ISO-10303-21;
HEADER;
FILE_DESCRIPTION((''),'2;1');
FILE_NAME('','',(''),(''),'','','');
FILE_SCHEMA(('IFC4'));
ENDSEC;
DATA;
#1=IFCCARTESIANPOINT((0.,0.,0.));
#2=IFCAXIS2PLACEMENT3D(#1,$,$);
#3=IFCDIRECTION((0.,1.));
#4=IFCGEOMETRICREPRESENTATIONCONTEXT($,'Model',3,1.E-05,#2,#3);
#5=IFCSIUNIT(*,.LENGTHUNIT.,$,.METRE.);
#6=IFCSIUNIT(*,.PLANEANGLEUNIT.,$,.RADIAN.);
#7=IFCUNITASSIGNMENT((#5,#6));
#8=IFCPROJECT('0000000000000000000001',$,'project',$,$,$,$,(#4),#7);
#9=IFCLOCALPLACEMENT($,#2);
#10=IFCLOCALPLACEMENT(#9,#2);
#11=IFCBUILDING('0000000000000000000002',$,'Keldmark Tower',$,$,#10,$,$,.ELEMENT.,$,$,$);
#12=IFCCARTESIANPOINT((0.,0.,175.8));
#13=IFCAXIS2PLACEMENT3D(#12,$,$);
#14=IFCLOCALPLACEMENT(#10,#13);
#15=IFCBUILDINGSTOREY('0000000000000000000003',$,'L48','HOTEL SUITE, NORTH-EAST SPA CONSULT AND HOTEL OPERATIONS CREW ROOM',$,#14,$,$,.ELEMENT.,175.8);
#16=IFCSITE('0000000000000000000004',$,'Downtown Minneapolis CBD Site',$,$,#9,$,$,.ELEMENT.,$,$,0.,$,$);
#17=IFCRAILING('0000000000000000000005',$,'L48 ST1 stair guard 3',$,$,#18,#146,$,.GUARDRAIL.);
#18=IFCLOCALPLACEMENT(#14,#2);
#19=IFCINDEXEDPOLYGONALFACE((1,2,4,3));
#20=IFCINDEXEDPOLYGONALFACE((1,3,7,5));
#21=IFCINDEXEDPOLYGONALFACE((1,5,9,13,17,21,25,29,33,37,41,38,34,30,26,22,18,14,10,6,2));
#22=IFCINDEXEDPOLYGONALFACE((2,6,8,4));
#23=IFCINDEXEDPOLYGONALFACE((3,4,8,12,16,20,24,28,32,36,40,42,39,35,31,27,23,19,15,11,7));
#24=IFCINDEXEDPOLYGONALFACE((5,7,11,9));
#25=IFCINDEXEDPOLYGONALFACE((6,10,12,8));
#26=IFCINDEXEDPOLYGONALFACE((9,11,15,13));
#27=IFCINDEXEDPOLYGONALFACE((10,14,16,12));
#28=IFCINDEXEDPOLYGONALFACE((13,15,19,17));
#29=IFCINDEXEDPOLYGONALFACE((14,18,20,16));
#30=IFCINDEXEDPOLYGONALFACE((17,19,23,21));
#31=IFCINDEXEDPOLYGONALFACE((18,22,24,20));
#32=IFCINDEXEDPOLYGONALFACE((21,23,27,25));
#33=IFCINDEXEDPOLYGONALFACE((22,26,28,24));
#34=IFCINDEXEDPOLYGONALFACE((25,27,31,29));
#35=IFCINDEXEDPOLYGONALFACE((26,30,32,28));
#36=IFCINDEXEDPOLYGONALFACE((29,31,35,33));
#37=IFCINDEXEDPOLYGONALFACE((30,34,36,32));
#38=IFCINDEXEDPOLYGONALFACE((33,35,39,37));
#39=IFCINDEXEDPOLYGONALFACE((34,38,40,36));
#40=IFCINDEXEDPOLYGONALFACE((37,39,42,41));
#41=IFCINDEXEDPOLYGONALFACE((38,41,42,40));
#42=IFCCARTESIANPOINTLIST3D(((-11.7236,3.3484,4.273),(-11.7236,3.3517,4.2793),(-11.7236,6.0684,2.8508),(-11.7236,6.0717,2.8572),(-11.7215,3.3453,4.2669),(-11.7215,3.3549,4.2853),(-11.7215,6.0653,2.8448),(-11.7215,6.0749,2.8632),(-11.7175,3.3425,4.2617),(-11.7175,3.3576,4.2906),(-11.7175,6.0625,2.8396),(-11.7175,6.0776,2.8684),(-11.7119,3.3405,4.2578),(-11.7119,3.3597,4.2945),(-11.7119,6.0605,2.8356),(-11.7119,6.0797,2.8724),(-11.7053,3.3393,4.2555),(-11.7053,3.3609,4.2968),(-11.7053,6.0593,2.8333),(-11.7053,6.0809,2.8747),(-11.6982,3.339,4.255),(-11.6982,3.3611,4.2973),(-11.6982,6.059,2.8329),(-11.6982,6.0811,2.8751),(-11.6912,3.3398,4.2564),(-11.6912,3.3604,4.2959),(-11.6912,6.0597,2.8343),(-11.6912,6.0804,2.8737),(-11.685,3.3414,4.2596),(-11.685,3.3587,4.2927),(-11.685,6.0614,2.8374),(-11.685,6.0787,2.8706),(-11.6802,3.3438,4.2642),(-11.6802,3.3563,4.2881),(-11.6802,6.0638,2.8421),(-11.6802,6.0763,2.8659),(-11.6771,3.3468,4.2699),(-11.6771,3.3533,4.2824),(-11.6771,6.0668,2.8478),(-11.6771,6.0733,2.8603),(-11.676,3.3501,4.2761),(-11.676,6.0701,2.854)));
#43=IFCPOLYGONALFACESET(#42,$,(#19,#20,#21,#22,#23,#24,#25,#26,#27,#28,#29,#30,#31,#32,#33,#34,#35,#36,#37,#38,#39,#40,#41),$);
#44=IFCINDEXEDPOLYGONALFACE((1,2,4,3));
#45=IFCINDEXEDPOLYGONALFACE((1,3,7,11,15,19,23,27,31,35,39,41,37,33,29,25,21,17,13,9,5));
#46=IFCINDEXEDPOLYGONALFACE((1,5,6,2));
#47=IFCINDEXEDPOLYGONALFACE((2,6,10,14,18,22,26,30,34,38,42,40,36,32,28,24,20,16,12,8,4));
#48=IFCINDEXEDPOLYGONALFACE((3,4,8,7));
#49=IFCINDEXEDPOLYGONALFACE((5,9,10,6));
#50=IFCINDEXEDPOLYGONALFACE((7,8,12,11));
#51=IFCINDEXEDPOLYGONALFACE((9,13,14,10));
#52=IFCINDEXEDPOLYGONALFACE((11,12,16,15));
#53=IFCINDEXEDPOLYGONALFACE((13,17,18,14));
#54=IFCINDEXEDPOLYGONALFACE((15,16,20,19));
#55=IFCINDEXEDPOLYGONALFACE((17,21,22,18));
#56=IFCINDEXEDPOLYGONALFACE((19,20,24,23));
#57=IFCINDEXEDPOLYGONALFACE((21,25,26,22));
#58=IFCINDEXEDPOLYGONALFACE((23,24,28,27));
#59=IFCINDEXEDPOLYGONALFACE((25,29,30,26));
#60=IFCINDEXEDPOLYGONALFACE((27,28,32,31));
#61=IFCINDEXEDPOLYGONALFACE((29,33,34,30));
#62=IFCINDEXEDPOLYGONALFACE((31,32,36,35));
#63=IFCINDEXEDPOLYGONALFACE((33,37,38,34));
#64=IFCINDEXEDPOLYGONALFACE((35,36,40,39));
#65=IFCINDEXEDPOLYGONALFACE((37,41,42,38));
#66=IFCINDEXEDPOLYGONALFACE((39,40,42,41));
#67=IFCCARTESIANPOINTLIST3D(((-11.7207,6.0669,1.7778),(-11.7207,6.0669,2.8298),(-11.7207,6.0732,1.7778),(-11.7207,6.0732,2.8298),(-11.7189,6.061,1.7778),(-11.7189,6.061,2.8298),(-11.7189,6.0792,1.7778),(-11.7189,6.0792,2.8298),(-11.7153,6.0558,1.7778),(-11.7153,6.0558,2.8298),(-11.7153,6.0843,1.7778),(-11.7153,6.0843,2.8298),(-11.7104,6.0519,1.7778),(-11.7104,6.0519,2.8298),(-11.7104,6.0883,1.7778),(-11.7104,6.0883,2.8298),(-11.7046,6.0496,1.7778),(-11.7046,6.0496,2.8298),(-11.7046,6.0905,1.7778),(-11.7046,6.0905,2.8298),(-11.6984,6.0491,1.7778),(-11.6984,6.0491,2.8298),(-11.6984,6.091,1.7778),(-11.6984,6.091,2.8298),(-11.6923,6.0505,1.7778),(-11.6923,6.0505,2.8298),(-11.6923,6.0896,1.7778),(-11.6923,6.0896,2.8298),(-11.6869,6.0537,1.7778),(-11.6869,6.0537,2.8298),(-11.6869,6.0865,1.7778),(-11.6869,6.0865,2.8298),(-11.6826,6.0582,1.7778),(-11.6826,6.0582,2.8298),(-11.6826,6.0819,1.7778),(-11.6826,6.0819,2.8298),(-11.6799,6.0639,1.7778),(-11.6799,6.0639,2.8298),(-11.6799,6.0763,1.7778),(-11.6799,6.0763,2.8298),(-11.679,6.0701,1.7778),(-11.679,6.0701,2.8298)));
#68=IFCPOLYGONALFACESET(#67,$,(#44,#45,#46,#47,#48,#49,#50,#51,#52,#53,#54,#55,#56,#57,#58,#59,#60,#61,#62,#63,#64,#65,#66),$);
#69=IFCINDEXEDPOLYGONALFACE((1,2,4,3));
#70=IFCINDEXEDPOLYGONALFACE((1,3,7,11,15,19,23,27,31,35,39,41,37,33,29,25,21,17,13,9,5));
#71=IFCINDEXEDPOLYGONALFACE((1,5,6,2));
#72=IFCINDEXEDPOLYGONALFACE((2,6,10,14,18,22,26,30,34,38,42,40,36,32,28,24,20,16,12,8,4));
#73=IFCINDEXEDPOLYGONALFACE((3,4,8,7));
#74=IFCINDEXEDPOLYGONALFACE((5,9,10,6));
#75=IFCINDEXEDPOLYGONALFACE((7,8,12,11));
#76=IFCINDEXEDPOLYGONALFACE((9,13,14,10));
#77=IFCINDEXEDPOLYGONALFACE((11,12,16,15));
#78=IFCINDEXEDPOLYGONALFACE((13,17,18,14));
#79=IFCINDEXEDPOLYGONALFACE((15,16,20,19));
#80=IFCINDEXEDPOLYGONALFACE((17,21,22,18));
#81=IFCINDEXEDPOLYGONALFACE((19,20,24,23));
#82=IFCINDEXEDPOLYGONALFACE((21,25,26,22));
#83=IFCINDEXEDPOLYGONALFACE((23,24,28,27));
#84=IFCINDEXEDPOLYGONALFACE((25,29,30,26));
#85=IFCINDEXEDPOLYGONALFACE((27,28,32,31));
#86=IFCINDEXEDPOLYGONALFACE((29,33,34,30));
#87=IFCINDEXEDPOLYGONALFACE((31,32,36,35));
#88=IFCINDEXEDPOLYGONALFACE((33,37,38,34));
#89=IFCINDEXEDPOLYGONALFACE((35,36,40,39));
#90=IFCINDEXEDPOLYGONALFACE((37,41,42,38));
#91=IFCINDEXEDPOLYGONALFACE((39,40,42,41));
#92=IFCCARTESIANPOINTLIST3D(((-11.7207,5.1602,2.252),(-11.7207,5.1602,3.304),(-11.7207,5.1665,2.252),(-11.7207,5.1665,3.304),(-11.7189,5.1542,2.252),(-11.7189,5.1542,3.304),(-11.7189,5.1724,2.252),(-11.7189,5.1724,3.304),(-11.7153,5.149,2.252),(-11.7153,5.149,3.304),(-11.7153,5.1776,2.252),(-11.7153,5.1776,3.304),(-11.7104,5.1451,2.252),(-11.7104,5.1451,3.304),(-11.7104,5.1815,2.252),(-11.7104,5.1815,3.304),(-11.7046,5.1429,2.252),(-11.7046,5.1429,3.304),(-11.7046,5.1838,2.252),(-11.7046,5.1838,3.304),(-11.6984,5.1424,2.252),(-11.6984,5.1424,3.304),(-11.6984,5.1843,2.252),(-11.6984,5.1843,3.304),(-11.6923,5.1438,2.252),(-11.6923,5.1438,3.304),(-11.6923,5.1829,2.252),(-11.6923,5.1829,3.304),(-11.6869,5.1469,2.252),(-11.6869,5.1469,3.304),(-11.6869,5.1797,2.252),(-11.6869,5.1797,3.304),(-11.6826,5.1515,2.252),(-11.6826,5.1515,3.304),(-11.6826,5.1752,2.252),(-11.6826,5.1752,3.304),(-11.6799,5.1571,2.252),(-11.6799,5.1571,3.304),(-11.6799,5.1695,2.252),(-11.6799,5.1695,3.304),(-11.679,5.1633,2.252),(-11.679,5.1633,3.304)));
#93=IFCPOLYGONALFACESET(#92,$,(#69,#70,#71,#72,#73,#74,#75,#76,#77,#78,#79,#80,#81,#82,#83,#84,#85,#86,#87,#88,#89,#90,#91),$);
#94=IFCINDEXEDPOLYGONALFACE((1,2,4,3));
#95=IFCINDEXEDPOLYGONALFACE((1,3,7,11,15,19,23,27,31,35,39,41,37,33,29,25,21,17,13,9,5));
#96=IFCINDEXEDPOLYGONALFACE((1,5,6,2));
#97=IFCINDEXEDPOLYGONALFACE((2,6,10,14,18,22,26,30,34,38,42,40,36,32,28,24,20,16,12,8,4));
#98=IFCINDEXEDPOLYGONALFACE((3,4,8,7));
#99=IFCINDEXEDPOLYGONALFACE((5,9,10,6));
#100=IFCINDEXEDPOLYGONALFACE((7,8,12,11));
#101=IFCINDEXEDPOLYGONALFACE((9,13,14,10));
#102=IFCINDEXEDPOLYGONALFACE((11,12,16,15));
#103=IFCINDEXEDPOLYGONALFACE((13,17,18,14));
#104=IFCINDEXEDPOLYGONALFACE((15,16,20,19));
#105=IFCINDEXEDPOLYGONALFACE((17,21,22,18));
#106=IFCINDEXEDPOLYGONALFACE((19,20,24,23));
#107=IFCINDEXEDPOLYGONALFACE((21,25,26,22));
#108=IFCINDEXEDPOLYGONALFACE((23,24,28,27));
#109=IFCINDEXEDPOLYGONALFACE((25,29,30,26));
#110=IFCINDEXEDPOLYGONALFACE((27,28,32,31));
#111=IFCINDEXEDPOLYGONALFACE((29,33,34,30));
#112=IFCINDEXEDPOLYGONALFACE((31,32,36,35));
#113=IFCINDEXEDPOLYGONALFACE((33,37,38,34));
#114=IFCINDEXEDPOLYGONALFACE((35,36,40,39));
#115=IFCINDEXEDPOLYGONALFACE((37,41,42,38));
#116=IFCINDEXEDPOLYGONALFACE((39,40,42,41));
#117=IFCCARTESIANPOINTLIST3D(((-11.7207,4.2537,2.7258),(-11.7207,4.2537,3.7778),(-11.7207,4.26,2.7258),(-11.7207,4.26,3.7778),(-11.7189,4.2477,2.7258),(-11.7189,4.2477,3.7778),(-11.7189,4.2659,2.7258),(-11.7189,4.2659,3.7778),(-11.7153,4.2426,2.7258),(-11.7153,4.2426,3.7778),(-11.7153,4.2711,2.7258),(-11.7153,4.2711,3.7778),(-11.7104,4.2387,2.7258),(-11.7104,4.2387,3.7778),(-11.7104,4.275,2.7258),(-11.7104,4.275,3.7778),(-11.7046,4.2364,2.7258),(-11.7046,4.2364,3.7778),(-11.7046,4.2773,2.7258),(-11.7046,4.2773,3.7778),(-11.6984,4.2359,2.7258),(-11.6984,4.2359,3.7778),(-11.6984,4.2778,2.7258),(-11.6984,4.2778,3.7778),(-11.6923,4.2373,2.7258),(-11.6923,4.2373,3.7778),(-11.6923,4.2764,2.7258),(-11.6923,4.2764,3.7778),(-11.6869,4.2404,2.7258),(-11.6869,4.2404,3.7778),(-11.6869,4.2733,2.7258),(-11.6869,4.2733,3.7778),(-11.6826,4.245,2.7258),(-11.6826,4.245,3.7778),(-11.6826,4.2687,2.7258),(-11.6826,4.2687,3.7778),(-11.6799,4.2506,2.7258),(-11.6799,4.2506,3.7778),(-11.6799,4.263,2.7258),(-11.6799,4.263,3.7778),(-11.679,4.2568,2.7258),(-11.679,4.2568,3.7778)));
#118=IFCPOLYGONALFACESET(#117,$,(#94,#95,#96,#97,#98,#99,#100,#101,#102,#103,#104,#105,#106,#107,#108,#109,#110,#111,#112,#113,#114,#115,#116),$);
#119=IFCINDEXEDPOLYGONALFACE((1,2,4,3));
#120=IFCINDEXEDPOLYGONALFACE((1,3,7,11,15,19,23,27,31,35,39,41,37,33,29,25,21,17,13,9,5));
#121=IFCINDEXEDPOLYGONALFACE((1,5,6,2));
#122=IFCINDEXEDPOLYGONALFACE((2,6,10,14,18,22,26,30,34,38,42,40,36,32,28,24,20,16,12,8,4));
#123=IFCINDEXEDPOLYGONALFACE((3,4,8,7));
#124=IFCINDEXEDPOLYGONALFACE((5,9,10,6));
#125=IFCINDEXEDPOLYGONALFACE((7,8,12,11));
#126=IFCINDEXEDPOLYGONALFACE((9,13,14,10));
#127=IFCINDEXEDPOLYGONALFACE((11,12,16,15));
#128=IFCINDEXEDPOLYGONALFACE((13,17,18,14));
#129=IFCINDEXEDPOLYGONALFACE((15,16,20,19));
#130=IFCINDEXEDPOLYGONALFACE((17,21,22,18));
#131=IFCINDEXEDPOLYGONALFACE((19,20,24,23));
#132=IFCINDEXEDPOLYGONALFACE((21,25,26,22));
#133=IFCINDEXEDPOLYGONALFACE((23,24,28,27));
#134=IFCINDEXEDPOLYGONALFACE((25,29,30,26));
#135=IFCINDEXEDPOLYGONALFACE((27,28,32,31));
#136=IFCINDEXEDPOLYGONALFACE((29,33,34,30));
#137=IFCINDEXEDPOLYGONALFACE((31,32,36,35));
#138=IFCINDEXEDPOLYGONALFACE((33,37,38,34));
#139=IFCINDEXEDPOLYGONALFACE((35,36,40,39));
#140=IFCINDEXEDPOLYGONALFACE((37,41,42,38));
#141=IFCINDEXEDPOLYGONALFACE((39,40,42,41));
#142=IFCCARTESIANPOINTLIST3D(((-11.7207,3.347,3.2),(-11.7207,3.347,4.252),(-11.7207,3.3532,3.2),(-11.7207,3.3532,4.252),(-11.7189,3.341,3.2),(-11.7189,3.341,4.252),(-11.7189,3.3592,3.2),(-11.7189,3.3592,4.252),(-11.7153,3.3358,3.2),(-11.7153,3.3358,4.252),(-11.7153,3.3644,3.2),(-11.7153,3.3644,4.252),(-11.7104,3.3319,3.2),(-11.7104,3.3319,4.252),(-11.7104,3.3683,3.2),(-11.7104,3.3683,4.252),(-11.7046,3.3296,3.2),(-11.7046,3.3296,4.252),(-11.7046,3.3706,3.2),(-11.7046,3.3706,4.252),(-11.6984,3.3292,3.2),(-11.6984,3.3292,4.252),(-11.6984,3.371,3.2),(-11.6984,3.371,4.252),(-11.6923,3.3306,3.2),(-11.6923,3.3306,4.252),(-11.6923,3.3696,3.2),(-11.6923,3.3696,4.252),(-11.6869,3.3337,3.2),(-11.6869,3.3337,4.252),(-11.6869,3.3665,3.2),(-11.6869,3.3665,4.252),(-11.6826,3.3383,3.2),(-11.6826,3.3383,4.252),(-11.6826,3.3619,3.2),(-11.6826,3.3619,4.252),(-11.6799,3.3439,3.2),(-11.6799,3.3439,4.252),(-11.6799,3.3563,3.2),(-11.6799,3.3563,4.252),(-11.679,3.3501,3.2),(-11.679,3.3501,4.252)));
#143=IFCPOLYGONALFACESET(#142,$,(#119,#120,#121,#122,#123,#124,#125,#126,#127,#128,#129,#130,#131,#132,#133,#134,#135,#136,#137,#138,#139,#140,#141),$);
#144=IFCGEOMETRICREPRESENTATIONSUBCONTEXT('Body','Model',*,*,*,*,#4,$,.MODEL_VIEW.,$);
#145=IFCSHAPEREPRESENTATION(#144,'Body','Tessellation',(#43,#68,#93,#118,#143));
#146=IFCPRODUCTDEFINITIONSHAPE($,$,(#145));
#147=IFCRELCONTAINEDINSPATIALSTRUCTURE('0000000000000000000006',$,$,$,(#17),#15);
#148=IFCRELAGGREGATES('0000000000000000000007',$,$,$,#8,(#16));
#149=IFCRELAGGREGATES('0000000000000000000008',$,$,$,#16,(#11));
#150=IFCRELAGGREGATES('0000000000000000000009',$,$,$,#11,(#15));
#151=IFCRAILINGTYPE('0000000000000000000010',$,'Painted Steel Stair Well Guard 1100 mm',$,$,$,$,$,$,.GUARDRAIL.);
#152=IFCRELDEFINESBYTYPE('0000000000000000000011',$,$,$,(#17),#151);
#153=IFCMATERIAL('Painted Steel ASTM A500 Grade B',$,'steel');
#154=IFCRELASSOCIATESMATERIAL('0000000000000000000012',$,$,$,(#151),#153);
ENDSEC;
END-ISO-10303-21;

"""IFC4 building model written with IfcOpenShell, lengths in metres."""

from ifc_helpers import new_model, si_unit, direction, frame, origin, origin_2d, place, context, subcontext, project, spatial, circle, extrude, material, type_object, element, save


model = new_model("IFC4")

# Units and contexts
model_context = context("Model", 3, precision=1e-05, world=origin(), true_north=direction((0.0, 1.0)))
body_context = subcontext(model_context, "Body", "Model", "MODEL_VIEW")
ifc_project = project(units=[si_unit("LENGTHUNIT", "METRE"), si_unit("PLANEANGLEUNIT", "RADIAN")], contexts=[model_context])

# Site, building, storey
site_placement = place(None, origin())
site = spatial("IfcSite", under=ifc_project, at=site_placement, Name="Downtown Minneapolis CBD Site", CompositionType="ELEMENT", RefElevation=0.0)
building_placement = place(site_placement, origin())
building = spatial("IfcBuilding", under=site, at=building_placement, Name="Keldmark Tower", CompositionType="ELEMENT")
storey_placement = place(building_placement, frame((0.0, 0.0, 175.8)))
storey = spatial("IfcBuildingStorey", under=building, at=storey_placement, Name="L48", Description="HOTEL SUITE, NORTH-EAST SPA CONSULT AND HOTEL OPERATIONS CREW ROOM", CompositionType="ELEMENT", Elevation=175.8)

# Railing
ifc_material_1 = material(Name="Painted Steel ASTM A500 Grade B", Category="steel")
railing_type_1 = type_object("IfcRailingType", Name="Painted Steel Stair Well Guard 1100 mm", PredefinedType="GUARDRAIL", material=ifc_material_1)
railing_1_placement = place(storey_placement, frame((-11.7, 6.0701, 1.7778)))
element("IfcRailing", 1, at=railing_1_placement, inside=storey, type_object=railing_type_1, Name="L48 ST1 stair guard 3", PredefinedType="GUARDRAIL", context=body_context, shape_type="SweptSolid", body=[
    extrude(circle(Radius=0.0239, at=origin_2d()), frame((0.0, 0.0, 1.0762), z_axis=(0.0, -0.886183, 0.463335), x_axis=(1.0, 0.0, 0.0)), (0.0, 0.0, 1.0), 3.0693),
    extrude(circle(Radius=0.021, at=origin_2d()), origin(), (0.0, 0.0, 1.0), 1.052),
    extrude(circle(Radius=0.021, at=origin_2d()), frame((0.0, -0.9067, 0.4741)), (0.0, 0.0, 1.0), 1.052),
    extrude(circle(Radius=0.021, at=origin_2d()), frame((0.0, -1.8132, 0.948)), (0.0, 0.0, 1.0), 1.052),
    extrude(circle(Radius=0.021, at=origin_2d()), frame((0.0, -2.72, 1.4221)), (0.0, 0.0, 1.0), 1.052),
])

save(model, "model.ifc")
